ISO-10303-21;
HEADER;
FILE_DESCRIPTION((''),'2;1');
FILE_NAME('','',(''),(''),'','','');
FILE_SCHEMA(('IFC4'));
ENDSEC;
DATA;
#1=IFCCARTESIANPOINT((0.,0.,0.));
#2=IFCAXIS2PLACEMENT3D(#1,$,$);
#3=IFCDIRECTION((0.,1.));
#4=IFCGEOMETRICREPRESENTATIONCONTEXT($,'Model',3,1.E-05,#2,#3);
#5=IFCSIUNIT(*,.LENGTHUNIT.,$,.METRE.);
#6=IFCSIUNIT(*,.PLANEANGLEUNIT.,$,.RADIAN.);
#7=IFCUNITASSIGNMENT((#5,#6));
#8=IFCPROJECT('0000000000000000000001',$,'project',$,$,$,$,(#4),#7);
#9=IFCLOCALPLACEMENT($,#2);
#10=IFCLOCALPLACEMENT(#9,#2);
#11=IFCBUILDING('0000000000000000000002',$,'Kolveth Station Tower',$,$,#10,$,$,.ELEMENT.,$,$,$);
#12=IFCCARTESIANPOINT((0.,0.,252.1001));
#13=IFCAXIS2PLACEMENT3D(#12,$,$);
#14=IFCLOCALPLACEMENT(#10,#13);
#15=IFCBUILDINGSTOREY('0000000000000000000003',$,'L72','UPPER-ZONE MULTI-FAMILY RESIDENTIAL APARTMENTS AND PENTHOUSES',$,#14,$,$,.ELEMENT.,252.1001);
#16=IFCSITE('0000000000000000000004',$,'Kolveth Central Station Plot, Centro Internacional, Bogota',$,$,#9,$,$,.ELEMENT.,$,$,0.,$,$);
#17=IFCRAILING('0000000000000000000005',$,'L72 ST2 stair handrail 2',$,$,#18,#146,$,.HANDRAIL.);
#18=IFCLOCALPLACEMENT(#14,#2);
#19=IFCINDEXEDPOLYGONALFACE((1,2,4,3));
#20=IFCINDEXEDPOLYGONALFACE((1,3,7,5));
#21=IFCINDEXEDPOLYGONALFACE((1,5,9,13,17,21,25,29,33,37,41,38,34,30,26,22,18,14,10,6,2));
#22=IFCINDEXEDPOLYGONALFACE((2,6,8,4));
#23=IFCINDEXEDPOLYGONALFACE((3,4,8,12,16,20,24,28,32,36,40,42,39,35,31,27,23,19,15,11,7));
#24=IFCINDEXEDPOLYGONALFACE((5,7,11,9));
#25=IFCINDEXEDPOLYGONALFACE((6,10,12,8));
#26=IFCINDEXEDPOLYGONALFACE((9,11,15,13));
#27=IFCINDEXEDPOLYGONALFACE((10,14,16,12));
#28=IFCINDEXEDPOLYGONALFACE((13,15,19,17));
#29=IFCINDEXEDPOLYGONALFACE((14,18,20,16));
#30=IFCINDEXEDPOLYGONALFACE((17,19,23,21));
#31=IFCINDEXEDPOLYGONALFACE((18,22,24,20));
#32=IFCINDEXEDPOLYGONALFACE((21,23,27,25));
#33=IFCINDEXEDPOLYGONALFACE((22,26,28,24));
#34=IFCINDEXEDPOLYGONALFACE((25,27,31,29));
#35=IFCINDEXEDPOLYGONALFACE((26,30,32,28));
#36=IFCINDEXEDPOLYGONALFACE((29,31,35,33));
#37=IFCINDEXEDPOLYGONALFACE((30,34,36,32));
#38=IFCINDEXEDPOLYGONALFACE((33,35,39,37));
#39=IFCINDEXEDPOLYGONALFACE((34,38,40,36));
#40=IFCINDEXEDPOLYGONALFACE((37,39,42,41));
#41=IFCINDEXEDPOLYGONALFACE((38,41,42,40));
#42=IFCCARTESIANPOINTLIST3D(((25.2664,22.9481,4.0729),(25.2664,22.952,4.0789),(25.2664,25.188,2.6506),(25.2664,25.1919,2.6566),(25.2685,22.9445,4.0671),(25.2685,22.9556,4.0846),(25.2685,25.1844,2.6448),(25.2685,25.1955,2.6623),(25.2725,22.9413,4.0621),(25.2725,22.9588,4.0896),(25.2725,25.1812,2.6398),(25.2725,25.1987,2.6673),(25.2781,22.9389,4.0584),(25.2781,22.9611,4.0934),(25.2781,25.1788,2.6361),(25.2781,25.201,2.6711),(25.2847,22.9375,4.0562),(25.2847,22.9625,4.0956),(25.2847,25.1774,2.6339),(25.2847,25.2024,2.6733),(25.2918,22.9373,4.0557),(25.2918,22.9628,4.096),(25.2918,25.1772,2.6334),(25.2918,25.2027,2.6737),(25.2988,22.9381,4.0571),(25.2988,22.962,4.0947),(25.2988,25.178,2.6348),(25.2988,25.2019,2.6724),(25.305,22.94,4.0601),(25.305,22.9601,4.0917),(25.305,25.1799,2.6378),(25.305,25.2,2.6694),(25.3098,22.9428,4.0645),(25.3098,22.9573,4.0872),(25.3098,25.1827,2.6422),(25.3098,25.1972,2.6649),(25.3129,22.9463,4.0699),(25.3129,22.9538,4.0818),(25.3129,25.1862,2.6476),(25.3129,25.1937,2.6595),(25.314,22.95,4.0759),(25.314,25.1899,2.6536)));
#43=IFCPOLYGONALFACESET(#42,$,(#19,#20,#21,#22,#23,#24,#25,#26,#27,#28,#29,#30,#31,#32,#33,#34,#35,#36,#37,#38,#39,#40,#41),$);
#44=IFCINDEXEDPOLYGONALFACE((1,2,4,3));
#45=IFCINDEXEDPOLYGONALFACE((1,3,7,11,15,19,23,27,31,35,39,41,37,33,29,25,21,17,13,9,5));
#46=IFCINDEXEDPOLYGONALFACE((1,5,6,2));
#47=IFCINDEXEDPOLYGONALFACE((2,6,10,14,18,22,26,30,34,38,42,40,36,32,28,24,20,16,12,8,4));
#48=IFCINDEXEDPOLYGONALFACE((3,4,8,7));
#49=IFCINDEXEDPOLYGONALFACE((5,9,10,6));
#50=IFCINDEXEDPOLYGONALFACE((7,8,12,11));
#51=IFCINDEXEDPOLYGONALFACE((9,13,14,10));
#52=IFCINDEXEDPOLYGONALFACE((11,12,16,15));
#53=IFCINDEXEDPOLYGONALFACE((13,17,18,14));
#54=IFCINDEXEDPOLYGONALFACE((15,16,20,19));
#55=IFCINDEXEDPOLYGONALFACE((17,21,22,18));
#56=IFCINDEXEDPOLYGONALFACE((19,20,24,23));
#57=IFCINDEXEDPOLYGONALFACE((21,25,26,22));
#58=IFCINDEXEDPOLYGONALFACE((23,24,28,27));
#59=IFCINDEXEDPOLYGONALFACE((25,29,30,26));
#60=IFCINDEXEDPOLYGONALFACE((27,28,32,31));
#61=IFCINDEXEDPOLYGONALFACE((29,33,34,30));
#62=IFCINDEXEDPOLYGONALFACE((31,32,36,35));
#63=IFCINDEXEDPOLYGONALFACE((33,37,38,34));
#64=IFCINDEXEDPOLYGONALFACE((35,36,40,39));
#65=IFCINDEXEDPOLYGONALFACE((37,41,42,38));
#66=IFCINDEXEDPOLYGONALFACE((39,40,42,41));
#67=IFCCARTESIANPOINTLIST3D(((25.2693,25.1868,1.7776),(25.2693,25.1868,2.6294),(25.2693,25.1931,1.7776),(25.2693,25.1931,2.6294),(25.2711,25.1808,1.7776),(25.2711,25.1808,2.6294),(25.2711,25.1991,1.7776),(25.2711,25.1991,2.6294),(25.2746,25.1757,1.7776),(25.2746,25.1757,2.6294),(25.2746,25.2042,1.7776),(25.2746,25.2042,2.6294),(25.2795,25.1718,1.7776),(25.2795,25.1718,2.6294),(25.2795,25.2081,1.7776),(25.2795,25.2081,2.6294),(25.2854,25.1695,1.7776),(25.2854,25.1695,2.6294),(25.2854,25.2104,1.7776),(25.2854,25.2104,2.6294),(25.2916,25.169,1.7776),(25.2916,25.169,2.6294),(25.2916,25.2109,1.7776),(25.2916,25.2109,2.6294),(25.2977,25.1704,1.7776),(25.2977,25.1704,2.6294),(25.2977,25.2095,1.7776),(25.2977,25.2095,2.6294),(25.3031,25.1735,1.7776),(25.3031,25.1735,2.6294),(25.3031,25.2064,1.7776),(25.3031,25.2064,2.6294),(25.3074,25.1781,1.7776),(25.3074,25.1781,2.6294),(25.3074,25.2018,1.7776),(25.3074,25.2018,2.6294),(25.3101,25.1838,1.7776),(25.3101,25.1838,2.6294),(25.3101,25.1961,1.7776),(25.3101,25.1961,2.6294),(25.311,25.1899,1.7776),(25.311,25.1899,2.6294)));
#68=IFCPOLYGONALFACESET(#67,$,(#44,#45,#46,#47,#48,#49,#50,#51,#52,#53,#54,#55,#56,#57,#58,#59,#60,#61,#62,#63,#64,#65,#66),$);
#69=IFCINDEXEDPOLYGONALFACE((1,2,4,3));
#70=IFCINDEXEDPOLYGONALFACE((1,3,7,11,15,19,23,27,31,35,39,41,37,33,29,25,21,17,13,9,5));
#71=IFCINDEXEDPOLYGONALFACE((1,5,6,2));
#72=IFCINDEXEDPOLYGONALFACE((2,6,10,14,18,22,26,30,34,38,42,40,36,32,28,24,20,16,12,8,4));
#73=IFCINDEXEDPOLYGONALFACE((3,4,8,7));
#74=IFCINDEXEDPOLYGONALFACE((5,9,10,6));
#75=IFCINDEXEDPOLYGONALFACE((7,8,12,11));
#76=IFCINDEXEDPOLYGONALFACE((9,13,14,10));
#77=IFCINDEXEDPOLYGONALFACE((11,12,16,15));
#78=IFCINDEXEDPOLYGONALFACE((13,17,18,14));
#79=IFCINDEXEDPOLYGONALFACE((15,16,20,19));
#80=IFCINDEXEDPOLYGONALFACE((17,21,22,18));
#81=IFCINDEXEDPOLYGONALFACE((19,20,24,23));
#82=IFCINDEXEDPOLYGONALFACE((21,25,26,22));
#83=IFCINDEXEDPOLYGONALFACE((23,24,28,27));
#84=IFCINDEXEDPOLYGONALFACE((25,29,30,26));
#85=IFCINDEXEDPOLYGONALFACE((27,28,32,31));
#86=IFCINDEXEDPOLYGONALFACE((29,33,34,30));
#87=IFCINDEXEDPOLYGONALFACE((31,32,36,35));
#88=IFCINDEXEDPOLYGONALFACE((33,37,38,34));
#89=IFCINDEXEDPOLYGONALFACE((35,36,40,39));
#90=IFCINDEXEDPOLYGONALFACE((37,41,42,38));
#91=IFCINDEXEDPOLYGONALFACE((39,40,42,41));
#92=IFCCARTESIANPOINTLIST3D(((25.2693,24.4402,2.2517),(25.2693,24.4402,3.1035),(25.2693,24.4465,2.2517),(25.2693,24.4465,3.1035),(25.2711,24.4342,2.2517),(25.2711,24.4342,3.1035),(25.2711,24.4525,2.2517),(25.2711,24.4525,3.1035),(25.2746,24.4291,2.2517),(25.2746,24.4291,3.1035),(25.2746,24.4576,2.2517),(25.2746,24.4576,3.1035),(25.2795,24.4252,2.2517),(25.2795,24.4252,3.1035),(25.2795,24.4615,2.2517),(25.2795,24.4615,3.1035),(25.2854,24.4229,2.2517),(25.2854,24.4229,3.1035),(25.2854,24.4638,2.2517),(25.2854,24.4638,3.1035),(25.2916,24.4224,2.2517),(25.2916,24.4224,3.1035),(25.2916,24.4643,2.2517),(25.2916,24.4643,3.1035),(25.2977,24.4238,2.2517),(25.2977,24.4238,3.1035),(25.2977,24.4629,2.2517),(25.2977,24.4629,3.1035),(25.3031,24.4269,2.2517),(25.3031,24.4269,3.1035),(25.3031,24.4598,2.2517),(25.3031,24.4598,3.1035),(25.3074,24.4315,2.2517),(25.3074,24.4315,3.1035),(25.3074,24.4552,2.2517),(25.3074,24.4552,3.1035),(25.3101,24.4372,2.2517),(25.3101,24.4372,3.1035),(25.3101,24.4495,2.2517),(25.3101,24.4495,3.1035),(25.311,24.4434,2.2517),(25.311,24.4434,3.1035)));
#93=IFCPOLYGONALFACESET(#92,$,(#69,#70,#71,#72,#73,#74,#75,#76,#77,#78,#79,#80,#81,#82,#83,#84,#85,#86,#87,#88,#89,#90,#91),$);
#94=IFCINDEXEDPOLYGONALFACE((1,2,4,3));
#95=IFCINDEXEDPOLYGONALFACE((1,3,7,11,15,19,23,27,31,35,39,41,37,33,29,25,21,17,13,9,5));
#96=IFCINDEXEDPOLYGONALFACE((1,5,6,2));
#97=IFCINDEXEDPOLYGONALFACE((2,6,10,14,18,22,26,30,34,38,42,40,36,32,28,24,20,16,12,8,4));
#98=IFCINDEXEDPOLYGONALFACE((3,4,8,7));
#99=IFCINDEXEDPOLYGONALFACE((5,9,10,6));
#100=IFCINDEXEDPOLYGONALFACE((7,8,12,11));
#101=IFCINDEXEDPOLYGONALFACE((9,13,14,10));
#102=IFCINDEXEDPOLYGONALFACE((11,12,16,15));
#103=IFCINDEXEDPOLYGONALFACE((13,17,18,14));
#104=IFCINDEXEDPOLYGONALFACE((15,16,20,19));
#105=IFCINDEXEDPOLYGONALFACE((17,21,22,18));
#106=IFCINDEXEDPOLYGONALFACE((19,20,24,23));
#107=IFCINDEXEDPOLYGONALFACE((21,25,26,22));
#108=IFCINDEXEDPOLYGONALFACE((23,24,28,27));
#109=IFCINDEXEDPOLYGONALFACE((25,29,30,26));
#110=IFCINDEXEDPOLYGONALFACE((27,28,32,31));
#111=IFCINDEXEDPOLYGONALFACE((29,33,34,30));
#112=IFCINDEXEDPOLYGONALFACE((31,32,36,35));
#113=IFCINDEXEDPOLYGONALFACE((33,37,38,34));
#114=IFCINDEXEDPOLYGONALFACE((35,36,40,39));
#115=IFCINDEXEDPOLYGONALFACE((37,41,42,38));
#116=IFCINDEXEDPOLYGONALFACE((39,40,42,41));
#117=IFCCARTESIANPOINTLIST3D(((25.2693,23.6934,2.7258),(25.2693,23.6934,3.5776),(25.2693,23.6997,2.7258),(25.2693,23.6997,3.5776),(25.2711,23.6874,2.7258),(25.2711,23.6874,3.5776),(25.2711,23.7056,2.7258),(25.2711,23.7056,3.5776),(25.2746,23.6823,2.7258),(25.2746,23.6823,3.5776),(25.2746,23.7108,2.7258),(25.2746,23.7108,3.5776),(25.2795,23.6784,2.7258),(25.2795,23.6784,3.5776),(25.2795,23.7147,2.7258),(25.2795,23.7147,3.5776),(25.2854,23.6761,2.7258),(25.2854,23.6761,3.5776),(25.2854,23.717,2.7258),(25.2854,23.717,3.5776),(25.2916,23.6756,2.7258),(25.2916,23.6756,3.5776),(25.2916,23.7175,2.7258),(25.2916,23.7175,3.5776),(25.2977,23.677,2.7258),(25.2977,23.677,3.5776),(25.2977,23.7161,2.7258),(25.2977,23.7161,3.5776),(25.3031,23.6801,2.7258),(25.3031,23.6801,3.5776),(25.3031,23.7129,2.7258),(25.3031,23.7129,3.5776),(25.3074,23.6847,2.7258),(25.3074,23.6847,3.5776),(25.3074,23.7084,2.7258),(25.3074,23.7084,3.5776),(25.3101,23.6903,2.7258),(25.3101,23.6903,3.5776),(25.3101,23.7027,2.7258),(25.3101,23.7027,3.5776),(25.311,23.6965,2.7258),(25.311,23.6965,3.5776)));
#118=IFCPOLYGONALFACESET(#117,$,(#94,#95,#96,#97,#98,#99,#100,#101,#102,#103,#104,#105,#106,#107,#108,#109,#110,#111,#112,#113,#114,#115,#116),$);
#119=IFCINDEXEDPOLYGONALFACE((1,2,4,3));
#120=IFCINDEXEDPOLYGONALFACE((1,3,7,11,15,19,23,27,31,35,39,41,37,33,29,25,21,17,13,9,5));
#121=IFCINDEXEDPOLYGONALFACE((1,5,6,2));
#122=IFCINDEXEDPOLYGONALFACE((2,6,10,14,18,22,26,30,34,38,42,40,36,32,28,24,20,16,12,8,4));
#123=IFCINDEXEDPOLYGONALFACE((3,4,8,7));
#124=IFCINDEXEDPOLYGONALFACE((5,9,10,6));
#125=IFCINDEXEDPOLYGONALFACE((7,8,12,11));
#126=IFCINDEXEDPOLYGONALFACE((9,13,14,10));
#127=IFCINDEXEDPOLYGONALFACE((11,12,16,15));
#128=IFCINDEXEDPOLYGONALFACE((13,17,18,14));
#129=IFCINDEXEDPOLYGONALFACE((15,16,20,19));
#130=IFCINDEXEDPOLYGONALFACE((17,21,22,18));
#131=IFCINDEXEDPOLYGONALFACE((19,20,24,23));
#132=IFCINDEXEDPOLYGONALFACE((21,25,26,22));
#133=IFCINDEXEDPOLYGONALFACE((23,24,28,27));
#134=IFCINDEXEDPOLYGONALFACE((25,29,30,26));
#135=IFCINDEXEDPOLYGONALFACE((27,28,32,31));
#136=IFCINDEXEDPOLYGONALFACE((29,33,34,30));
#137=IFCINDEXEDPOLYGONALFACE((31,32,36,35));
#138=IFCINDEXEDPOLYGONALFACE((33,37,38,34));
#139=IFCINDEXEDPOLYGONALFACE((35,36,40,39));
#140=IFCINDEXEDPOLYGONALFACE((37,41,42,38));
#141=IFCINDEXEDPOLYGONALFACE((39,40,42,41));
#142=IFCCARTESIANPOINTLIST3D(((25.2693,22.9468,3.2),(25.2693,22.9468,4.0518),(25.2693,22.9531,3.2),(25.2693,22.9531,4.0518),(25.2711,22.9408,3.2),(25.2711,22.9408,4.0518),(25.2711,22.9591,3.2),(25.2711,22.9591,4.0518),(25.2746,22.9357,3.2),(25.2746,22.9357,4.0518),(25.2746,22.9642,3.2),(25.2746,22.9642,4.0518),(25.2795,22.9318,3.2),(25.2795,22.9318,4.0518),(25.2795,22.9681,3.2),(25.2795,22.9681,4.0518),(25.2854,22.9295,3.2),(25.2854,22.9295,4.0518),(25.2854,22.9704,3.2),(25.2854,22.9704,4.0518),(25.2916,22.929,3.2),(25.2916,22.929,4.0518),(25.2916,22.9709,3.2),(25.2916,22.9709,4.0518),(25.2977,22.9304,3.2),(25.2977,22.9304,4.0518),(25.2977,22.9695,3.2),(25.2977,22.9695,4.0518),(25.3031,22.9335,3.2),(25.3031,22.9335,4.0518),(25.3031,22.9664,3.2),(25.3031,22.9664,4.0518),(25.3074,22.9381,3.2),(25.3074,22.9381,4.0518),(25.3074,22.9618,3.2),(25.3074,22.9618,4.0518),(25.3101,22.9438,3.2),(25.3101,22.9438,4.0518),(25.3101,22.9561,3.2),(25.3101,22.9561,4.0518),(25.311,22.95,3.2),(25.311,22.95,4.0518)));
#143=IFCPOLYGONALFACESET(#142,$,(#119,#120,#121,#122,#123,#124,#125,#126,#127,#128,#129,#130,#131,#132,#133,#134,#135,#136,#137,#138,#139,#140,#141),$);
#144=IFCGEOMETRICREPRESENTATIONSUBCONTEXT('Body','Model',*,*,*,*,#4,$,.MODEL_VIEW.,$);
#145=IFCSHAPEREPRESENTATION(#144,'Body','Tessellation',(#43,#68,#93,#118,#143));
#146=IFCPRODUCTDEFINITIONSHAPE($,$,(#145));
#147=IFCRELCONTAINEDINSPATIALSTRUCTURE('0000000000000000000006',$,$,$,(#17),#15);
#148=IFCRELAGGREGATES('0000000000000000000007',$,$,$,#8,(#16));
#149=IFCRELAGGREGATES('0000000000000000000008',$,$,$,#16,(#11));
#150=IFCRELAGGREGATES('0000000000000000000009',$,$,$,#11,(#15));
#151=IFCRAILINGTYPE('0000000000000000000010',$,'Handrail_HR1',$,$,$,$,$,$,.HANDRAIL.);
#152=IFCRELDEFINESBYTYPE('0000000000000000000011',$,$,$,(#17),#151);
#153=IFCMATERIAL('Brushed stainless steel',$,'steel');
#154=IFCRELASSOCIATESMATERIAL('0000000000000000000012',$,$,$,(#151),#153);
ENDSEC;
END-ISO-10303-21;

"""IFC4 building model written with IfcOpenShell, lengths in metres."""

from ifc_helpers import new_model, si_unit, direction, frame, origin, origin_2d, place, context, subcontext, project, spatial, circle, extrude, material, type_object, element, save


model = new_model("IFC4")

# Units and contexts
model_context = context("Model", 3, precision=1e-05, world=origin(), true_north=direction((0.0, 1.0)))
body_context = subcontext(model_context, "Body", "Model", "MODEL_VIEW")
ifc_project = project(units=[si_unit("LENGTHUNIT", "METRE"), si_unit("PLANEANGLEUNIT", "RADIAN")], contexts=[model_context])

# Site, building, storey
site_placement = place(None, origin())
site = spatial("IfcSite", under=ifc_project, at=site_placement, Name="Kolveth Central Station Plot, Centro Internacional, Bogota", CompositionType="ELEMENT", RefElevation=0.0)
building_placement = place(site_placement, origin())
building = spatial("IfcBuilding", under=site, at=building_placement, Name="Kolveth Station Tower", CompositionType="ELEMENT")
storey_placement = place(building_placement, frame((0.0, 0.0, 252.1001)))
storey = spatial("IfcBuildingStorey", under=building, at=storey_placement, Name="L72", Description="UPPER-ZONE MULTI-FAMILY RESIDENTIAL APARTMENTS AND PENTHOUSES", CompositionType="ELEMENT", Elevation=252.1001)

# Railing
ifc_material_1 = material(Name="Brushed stainless steel", Category="steel")
railing_type_1 = type_object("IfcRailingType", Name="Handrail_HR1", PredefinedType="HANDRAIL", material=ifc_material_1)
railing_1_placement = place(storey_placement, frame((25.29, 25.1899, 1.7776)))
element("IfcRailing", 1, at=railing_1_placement, inside=storey, type_object=railing_type_1, Name="L72 ST2 stair handrail 2", PredefinedType="HANDRAIL", context=body_context, shape_type="SweptSolid", body=[
    extrude(circle(Radius=0.0239, at=origin_2d()), frame((0.0, 0.0, 0.876), z_axis=(0.0, -0.844188, 0.536048), x_axis=(1.0, 0.0, 0.0)), (0.0, 0.0, 1.0), 2.6533),
    extrude(circle(Radius=0.021, at=origin_2d()), origin(), (0.0, 0.0, 1.0), 0.8518),
    extrude(circle(Radius=0.021, at=origin_2d()), frame((0.0, -0.7466, 0.4741)), (0.0, 0.0, 1.0), 0.8518),
    extrude(circle(Radius=0.021, at=origin_2d()), frame((0.0, -1.4934, 0.9482)), (0.0, 0.0, 1.0), 0.8518),
    extrude(circle(Radius=0.021, at=origin_2d()), frame((0.0, -2.24, 1.4224)), (0.0, 0.0, 1.0), 0.8518),
])

save(model, "model.ifc")
